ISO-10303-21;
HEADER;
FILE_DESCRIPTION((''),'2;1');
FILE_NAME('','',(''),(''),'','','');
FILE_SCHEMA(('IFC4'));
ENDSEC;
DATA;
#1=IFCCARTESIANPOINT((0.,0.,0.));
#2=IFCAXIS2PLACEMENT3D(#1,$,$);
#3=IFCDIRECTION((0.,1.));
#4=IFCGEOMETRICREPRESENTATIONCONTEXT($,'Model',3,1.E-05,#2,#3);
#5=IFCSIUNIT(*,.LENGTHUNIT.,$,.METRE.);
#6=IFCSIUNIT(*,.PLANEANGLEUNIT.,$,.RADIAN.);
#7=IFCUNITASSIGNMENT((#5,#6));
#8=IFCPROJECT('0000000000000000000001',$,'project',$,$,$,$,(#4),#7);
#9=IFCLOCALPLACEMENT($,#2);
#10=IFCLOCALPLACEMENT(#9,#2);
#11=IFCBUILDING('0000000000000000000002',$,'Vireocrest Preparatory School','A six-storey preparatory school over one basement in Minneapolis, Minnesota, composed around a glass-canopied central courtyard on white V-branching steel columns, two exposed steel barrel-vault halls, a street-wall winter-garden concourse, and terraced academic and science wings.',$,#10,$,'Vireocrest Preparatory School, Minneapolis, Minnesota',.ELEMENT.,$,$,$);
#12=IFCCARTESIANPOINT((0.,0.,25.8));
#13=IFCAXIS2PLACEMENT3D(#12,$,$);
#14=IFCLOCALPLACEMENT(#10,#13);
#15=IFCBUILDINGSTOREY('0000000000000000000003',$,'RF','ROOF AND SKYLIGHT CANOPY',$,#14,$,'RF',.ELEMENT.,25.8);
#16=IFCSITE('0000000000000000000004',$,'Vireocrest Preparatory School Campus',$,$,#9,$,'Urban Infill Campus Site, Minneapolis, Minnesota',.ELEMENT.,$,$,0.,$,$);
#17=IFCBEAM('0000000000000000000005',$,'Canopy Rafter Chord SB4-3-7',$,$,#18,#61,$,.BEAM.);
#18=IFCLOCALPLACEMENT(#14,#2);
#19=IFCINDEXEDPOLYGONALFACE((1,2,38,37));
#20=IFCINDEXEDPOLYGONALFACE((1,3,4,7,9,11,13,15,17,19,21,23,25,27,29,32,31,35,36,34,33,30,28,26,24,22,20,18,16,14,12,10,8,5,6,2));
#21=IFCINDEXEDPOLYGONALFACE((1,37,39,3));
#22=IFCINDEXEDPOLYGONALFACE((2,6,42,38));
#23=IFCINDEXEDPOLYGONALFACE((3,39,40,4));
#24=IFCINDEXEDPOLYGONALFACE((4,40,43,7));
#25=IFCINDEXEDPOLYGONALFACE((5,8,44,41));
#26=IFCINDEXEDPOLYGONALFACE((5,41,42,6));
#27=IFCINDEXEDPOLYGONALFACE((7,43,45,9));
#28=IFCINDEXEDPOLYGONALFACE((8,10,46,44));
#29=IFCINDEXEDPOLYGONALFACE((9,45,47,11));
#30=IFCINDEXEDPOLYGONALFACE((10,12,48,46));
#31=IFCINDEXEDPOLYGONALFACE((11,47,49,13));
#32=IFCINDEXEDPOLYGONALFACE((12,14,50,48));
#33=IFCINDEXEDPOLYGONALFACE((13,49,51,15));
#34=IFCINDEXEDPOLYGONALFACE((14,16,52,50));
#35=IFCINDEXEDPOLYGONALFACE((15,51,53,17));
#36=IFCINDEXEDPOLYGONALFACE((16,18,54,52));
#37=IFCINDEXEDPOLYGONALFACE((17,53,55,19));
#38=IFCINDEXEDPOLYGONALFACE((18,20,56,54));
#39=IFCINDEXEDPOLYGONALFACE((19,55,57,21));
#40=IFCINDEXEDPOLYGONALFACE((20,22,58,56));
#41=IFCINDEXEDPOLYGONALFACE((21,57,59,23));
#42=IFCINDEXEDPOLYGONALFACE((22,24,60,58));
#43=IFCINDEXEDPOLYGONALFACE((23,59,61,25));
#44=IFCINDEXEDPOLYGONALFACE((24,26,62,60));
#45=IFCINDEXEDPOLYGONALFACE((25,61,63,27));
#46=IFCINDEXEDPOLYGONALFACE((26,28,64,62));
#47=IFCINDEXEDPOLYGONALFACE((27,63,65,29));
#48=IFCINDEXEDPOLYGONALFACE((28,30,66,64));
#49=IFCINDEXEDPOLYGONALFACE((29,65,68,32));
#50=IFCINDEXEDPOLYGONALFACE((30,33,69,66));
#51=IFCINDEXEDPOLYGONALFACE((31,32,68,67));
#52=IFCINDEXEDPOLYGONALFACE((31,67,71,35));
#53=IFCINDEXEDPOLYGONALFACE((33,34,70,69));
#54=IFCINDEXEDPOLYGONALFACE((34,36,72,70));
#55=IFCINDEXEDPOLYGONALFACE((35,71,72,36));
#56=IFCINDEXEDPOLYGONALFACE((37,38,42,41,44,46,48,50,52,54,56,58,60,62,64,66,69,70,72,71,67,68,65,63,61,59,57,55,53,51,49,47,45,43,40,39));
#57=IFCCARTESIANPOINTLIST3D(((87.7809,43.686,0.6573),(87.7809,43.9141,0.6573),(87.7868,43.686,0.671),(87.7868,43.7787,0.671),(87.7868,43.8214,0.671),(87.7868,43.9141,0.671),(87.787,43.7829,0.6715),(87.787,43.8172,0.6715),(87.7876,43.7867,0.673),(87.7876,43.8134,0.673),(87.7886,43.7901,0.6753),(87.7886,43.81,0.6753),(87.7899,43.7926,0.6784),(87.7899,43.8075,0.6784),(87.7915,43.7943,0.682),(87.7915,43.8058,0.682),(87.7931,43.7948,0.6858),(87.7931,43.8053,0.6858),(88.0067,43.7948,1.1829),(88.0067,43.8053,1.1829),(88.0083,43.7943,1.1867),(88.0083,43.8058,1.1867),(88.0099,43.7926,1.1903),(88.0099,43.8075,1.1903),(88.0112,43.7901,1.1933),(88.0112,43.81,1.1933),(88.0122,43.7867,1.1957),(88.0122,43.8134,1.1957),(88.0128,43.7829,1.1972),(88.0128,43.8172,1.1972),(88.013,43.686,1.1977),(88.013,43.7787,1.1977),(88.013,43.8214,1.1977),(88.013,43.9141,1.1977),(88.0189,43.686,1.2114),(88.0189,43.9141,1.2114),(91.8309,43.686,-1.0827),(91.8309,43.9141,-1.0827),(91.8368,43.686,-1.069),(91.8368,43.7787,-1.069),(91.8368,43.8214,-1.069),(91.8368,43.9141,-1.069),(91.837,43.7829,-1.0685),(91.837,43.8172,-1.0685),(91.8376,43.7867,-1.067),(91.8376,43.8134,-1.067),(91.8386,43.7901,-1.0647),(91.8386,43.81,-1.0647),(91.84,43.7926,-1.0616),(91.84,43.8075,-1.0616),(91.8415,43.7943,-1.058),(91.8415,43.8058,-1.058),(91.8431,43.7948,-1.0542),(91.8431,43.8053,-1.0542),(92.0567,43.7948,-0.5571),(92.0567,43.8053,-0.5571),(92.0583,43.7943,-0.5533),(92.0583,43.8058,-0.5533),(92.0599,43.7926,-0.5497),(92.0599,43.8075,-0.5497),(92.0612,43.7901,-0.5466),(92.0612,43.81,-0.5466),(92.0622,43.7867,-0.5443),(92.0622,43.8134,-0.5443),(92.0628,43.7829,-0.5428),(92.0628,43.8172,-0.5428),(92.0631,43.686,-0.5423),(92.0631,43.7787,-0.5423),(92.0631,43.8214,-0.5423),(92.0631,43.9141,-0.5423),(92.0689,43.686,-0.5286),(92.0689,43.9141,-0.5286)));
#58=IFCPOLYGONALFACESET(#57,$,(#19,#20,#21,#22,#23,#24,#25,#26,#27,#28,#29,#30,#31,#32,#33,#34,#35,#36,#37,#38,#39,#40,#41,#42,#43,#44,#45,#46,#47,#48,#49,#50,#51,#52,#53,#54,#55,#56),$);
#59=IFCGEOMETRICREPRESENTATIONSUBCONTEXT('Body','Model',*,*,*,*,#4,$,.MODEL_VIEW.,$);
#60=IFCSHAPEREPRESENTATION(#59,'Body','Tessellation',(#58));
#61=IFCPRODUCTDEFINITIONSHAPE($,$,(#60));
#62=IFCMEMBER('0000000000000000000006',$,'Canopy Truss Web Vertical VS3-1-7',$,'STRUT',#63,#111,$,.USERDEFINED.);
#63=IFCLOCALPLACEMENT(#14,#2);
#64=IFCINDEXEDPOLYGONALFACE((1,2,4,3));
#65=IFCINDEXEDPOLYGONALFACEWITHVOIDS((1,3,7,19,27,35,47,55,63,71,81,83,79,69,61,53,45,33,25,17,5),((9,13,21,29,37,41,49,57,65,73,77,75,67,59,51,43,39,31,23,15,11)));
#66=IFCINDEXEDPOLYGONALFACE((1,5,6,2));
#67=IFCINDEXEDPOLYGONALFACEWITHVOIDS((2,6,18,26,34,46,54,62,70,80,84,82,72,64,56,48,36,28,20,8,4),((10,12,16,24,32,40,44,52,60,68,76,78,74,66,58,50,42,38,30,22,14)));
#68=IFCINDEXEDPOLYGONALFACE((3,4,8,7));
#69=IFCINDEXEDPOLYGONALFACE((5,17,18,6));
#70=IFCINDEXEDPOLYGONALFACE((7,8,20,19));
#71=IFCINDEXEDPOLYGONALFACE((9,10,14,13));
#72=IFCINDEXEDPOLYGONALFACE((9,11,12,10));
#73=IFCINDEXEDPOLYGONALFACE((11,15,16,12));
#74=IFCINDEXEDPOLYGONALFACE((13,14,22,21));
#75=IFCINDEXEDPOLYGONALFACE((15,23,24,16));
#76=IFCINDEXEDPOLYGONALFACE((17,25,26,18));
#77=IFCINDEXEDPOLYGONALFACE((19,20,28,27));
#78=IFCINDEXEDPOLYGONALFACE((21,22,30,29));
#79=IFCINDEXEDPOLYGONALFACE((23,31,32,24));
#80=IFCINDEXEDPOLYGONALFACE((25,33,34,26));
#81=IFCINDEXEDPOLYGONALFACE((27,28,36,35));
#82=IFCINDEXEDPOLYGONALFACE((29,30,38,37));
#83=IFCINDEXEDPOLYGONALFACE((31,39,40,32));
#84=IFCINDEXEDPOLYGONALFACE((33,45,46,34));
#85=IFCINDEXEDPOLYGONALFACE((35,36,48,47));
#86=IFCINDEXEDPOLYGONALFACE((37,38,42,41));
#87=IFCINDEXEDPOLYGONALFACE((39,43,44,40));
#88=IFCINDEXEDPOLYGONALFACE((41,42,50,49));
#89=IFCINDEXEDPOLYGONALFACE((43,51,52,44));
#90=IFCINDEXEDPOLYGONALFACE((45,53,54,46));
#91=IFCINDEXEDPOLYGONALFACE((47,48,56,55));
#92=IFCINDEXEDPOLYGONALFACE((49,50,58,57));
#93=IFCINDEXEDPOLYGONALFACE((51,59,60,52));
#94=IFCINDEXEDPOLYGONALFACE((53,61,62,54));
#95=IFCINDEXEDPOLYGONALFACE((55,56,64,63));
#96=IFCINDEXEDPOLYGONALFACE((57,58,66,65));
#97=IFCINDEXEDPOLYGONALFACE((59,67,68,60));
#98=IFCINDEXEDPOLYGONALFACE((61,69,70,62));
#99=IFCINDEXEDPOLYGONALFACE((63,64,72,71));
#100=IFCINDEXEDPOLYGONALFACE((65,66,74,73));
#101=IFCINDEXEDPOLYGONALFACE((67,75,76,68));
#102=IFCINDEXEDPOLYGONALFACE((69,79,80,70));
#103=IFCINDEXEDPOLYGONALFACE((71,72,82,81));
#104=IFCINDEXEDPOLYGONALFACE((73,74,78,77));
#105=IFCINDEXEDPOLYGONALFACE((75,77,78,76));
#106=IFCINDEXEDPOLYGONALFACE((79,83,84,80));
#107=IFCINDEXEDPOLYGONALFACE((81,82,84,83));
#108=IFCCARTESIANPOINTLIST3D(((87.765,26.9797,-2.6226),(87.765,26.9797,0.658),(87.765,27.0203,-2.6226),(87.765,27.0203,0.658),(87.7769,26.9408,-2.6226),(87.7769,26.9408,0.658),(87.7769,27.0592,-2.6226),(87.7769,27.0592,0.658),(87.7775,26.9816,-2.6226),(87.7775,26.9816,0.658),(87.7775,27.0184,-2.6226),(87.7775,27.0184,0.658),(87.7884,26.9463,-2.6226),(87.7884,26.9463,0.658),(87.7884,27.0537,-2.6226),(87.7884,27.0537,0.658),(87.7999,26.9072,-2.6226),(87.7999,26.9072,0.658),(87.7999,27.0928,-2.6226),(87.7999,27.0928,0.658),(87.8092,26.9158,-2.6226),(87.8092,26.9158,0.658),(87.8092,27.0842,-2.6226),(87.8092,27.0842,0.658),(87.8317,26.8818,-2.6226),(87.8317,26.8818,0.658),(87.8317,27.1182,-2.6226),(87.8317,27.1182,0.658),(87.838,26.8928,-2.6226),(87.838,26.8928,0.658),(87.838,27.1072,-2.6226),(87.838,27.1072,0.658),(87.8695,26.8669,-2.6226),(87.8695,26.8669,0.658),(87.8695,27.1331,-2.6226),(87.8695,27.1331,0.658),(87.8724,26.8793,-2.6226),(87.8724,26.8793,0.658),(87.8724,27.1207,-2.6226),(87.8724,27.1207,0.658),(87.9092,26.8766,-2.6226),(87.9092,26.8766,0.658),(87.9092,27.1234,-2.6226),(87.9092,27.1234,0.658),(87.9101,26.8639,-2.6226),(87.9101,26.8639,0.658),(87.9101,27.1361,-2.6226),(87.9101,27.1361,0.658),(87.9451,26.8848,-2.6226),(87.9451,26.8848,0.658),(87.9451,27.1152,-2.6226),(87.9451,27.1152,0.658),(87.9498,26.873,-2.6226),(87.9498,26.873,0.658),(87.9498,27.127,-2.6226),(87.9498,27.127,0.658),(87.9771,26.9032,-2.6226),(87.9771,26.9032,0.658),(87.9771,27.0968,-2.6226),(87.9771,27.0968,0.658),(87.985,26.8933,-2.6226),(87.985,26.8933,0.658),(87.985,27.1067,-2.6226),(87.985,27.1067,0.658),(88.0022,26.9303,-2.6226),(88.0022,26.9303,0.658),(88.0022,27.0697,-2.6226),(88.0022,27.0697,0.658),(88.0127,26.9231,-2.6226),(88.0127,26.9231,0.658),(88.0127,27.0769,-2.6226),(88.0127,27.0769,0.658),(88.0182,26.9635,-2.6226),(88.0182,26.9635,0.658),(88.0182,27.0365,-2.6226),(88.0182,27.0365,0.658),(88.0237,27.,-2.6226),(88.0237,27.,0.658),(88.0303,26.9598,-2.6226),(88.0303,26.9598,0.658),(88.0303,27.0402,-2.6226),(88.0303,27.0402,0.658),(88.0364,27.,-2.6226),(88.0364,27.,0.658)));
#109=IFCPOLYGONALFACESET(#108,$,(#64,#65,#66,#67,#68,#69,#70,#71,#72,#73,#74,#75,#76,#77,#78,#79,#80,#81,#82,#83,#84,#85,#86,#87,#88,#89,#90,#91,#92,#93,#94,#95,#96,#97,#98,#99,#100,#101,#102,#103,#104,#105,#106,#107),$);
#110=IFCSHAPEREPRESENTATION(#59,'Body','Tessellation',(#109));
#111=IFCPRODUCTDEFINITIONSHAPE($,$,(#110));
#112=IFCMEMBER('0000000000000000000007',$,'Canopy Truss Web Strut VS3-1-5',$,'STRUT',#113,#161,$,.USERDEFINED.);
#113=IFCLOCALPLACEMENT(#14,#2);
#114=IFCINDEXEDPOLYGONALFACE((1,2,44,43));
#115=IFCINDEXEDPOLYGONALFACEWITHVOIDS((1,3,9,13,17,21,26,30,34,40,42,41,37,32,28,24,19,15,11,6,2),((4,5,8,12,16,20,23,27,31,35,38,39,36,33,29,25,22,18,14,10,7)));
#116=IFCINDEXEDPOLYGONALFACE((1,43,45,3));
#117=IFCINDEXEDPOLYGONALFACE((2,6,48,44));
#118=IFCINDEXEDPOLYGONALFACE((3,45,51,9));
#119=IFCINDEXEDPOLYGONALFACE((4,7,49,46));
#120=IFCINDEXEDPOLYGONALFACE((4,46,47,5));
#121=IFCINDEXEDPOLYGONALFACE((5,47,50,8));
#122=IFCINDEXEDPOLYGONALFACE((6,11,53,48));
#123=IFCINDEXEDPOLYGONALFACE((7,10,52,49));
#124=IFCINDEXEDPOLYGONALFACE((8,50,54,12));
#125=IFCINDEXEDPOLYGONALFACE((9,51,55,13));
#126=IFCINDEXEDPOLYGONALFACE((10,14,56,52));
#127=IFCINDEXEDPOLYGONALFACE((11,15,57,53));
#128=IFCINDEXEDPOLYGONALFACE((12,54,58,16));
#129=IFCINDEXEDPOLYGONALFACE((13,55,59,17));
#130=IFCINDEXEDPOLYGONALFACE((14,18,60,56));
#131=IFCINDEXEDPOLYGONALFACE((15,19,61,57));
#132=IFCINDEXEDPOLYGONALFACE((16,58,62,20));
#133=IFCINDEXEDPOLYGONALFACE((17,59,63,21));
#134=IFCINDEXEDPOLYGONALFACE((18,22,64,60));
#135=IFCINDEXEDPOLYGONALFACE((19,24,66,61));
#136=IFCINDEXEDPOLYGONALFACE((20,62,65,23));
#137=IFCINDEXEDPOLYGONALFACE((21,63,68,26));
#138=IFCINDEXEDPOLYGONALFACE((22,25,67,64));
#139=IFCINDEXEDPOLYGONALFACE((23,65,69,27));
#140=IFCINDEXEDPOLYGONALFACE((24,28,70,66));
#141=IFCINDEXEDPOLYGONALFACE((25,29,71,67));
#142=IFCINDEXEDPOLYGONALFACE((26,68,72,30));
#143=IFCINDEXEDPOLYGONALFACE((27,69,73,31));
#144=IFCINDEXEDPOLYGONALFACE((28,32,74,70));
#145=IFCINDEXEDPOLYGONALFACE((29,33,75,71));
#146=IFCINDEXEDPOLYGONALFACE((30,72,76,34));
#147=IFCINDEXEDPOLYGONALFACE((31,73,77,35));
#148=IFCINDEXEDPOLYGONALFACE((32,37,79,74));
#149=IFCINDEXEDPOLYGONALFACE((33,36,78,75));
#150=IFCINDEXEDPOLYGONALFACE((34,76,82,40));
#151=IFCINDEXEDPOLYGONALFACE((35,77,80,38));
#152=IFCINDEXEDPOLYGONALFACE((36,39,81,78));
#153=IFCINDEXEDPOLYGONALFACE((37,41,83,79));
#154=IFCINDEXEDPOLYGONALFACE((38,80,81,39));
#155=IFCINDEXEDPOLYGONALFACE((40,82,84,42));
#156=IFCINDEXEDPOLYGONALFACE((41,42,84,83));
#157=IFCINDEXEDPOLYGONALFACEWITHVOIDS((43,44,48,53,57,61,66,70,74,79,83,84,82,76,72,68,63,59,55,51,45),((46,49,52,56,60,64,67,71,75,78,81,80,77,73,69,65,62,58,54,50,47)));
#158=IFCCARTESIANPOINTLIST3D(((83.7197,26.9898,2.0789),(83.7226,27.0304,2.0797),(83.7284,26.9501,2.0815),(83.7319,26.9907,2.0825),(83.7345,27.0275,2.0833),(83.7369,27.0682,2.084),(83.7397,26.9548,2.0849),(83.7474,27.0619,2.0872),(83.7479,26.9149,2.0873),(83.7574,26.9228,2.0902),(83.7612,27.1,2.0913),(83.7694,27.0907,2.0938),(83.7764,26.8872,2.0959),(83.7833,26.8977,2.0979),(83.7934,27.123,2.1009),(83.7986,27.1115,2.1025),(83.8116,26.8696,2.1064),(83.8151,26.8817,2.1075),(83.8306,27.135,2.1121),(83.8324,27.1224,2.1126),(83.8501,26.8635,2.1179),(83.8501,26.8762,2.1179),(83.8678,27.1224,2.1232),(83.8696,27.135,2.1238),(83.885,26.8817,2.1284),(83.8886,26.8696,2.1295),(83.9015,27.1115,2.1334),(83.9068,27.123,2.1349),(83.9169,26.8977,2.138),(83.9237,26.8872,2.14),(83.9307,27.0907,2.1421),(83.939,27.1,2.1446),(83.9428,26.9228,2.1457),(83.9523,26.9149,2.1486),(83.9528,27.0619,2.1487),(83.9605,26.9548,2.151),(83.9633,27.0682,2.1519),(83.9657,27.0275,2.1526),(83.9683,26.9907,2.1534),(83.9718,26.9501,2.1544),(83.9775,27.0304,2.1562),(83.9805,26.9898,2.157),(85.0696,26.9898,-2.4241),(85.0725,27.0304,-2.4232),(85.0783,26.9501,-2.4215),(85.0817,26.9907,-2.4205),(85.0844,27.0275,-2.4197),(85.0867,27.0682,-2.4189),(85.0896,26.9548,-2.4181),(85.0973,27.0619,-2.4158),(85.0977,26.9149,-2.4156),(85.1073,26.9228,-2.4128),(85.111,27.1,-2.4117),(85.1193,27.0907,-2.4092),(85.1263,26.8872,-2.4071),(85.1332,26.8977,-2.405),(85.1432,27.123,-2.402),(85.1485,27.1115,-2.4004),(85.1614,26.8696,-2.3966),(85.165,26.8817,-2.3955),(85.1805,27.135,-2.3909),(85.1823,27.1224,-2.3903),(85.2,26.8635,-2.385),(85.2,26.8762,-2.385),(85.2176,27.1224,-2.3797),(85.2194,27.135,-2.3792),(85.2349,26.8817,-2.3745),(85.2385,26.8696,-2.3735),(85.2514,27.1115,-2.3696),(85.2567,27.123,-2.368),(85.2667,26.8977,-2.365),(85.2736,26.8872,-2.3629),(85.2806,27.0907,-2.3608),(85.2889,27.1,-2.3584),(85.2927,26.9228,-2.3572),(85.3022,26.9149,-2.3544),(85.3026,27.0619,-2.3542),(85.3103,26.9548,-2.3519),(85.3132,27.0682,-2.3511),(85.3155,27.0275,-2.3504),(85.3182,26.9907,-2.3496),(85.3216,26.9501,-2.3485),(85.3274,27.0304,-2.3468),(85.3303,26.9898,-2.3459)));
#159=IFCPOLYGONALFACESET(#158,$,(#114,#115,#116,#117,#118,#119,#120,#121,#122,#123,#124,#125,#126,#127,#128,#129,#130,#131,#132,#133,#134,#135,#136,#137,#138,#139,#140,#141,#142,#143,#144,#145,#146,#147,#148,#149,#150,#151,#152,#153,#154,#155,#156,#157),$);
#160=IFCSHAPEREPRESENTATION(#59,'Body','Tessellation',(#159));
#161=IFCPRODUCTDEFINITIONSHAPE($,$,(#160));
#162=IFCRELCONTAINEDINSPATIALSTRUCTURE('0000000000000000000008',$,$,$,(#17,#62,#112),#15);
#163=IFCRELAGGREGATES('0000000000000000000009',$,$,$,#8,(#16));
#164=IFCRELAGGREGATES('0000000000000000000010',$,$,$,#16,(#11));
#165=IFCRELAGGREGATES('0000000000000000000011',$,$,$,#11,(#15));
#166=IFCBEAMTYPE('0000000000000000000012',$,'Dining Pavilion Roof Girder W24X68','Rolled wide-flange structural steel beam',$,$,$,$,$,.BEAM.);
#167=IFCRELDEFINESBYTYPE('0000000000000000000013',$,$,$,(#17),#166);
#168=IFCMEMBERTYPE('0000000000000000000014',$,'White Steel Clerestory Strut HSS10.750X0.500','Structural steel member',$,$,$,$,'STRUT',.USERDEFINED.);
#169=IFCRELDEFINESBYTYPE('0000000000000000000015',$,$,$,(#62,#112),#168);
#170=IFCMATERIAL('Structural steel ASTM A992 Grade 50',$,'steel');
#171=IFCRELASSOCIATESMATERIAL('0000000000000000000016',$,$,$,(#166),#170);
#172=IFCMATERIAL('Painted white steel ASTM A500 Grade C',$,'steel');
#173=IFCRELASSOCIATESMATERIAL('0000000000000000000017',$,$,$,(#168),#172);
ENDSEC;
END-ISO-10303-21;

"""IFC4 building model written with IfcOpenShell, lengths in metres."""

from ifc_helpers import new_model, si_unit, direction, frame, origin, origin_2d, place, context, subcontext, project, spatial, hollow_circle, i_section, extrude, material, material_profile, profile_set, type_object, element, save


model = new_model("IFC4")

# Units and contexts
model_context = context("Model", 3, precision=1e-05, world=origin(), true_north=direction((0.0, 1.0)))
body_context = subcontext(model_context, "Body", "Model", "MODEL_VIEW")
ifc_project = project(units=[si_unit("LENGTHUNIT", "METRE"), si_unit("PLANEANGLEUNIT", "RADIAN")], contexts=[model_context])

# Site, building, storey
site_placement = place(None, origin())
site = spatial("IfcSite", under=ifc_project, at=site_placement, Name="Vireocrest Preparatory School Campus", LongName="Urban Infill Campus Site, Minneapolis, Minnesota", CompositionType="ELEMENT", RefElevation=0.0)
building_placement = place(site_placement, origin())
building = spatial("IfcBuilding", under=site, at=building_placement, Name="Vireocrest Preparatory School", Description="A six-storey preparatory school over one basement in Minneapolis, Minnesota, composed around a glass-canopied central courtyard on white V-branching steel columns, two exposed steel barrel-vault halls, a street-wall winter-garden concourse, and terraced academic and science wings.", LongName="Vireocrest Preparatory School, Minneapolis, Minnesota", CompositionType="ELEMENT")
storey_placement = place(building_placement, frame((0.0, 0.0, 25.8)))
storey = spatial("IfcBuildingStorey", under=building, at=storey_placement, Name="RF", Description="ROOF AND SKYLIGHT CANOPY", LongName="RF", CompositionType="ELEMENT", Elevation=25.8)

# Shared definitions
ifc_material_1 = material(Name="Painted white steel ASTM A500 Grade C", Category="steel")

# Beam
ifc_material_2 = material(Name="Structural steel ASTM A992 Grade 50", Category="steel")
ifc_material_profile_1 = material_profile(ifc_material_2, i_section(OverallWidth=0.228, OverallDepth=0.603, WebThickness=0.0105, FlangeThickness=0.0149, FilletRadius=0.0161, at=origin_2d()), Name="W24X68")
ifc_profile_set_1 = profile_set([ifc_material_profile_1], Name="Structural steel ASTM A992 Grade 50")
beam_type = type_object("IfcBeamType", Name="Dining Pavilion Roof Girder W24X68", Description="Rolled wide-flange structural steel beam", PredefinedType="BEAM", material=ifc_profile_set_1)
for number, where, z_axis, x_axis, name in (
    (1, (87.8999, 43.8, 0.9343), (0.918795, 0.0, -0.394735), (0.0, 1.0, 0.0), "Canopy Rafter Chord SB4-3-7"),
):
    element("IfcBeam", number, at=place(storey_placement, frame(where, z_axis=z_axis, x_axis=x_axis)), inside=storey, type_object=beam_type, Name=name, PredefinedType="BEAM", context=body_context, shape_type="SweptSolid", body=[
        extrude(i_section(OverallWidth=0.228, OverallDepth=0.603, WebThickness=0.0105, FlangeThickness=0.0149, FilletRadius=0.0161, at=origin_2d()), origin(), (0.0, 0.0, 1.0), 4.408),
    ])

# Members
ifc_material_profile_2 = material_profile(ifc_material_1, hollow_circle(Radius=0.1365, WallThickness=0.0127, at=origin_2d()), Name="HSS10.750X0.500")
ifc_profile_set_2 = profile_set([ifc_material_profile_2], Name="Painted white steel ASTM A500 Grade C")
member_type_1 = type_object("IfcMemberType", Name="White Steel Clerestory Strut HSS10.750X0.500", Description="Structural steel member", ElementType="STRUT", PredefinedType="USERDEFINED", material=ifc_profile_set_2)
member_1_placement = place(storey_placement, frame((87.8999, 27.0, -2.6226), z_axis=(0.0, 0.0, 1.0), x_axis=(1.0, 0.0, 0.0)))
element("IfcMember", 2, at=member_1_placement, inside=storey, type_object=member_type_1, Name="Canopy Truss Web Vertical VS3-1-7", ObjectType="STRUT", PredefinedType="USERDEFINED", context=body_context, shape_type="SweptSolid", body=[
    extrude(hollow_circle(Radius=0.1365, WallThickness=0.0127, at=origin_2d()), origin(), (0.0, 0.0, 1.0), 3.2805),
])
member_2_placement = place(storey_placement, frame((85.2, 27.0, -2.385), z_axis=(-0.287148, 0.0, 0.957886), x_axis=(0.0, -1.0, 0.0)))
element("IfcMember", 3, at=member_2_placement, inside=storey, type_object=member_type_1, Name="Canopy Truss Web Strut VS3-1-5", ObjectType="STRUT", PredefinedType="USERDEFINED", context=body_context, shape_type="SweptSolid", body=[
    extrude(hollow_circle(Radius=0.1365, WallThickness=0.0127, at=origin_2d()), origin(), (0.0, 0.0, 1.0), 4.7009),
])

save(model, "model.ifc")
